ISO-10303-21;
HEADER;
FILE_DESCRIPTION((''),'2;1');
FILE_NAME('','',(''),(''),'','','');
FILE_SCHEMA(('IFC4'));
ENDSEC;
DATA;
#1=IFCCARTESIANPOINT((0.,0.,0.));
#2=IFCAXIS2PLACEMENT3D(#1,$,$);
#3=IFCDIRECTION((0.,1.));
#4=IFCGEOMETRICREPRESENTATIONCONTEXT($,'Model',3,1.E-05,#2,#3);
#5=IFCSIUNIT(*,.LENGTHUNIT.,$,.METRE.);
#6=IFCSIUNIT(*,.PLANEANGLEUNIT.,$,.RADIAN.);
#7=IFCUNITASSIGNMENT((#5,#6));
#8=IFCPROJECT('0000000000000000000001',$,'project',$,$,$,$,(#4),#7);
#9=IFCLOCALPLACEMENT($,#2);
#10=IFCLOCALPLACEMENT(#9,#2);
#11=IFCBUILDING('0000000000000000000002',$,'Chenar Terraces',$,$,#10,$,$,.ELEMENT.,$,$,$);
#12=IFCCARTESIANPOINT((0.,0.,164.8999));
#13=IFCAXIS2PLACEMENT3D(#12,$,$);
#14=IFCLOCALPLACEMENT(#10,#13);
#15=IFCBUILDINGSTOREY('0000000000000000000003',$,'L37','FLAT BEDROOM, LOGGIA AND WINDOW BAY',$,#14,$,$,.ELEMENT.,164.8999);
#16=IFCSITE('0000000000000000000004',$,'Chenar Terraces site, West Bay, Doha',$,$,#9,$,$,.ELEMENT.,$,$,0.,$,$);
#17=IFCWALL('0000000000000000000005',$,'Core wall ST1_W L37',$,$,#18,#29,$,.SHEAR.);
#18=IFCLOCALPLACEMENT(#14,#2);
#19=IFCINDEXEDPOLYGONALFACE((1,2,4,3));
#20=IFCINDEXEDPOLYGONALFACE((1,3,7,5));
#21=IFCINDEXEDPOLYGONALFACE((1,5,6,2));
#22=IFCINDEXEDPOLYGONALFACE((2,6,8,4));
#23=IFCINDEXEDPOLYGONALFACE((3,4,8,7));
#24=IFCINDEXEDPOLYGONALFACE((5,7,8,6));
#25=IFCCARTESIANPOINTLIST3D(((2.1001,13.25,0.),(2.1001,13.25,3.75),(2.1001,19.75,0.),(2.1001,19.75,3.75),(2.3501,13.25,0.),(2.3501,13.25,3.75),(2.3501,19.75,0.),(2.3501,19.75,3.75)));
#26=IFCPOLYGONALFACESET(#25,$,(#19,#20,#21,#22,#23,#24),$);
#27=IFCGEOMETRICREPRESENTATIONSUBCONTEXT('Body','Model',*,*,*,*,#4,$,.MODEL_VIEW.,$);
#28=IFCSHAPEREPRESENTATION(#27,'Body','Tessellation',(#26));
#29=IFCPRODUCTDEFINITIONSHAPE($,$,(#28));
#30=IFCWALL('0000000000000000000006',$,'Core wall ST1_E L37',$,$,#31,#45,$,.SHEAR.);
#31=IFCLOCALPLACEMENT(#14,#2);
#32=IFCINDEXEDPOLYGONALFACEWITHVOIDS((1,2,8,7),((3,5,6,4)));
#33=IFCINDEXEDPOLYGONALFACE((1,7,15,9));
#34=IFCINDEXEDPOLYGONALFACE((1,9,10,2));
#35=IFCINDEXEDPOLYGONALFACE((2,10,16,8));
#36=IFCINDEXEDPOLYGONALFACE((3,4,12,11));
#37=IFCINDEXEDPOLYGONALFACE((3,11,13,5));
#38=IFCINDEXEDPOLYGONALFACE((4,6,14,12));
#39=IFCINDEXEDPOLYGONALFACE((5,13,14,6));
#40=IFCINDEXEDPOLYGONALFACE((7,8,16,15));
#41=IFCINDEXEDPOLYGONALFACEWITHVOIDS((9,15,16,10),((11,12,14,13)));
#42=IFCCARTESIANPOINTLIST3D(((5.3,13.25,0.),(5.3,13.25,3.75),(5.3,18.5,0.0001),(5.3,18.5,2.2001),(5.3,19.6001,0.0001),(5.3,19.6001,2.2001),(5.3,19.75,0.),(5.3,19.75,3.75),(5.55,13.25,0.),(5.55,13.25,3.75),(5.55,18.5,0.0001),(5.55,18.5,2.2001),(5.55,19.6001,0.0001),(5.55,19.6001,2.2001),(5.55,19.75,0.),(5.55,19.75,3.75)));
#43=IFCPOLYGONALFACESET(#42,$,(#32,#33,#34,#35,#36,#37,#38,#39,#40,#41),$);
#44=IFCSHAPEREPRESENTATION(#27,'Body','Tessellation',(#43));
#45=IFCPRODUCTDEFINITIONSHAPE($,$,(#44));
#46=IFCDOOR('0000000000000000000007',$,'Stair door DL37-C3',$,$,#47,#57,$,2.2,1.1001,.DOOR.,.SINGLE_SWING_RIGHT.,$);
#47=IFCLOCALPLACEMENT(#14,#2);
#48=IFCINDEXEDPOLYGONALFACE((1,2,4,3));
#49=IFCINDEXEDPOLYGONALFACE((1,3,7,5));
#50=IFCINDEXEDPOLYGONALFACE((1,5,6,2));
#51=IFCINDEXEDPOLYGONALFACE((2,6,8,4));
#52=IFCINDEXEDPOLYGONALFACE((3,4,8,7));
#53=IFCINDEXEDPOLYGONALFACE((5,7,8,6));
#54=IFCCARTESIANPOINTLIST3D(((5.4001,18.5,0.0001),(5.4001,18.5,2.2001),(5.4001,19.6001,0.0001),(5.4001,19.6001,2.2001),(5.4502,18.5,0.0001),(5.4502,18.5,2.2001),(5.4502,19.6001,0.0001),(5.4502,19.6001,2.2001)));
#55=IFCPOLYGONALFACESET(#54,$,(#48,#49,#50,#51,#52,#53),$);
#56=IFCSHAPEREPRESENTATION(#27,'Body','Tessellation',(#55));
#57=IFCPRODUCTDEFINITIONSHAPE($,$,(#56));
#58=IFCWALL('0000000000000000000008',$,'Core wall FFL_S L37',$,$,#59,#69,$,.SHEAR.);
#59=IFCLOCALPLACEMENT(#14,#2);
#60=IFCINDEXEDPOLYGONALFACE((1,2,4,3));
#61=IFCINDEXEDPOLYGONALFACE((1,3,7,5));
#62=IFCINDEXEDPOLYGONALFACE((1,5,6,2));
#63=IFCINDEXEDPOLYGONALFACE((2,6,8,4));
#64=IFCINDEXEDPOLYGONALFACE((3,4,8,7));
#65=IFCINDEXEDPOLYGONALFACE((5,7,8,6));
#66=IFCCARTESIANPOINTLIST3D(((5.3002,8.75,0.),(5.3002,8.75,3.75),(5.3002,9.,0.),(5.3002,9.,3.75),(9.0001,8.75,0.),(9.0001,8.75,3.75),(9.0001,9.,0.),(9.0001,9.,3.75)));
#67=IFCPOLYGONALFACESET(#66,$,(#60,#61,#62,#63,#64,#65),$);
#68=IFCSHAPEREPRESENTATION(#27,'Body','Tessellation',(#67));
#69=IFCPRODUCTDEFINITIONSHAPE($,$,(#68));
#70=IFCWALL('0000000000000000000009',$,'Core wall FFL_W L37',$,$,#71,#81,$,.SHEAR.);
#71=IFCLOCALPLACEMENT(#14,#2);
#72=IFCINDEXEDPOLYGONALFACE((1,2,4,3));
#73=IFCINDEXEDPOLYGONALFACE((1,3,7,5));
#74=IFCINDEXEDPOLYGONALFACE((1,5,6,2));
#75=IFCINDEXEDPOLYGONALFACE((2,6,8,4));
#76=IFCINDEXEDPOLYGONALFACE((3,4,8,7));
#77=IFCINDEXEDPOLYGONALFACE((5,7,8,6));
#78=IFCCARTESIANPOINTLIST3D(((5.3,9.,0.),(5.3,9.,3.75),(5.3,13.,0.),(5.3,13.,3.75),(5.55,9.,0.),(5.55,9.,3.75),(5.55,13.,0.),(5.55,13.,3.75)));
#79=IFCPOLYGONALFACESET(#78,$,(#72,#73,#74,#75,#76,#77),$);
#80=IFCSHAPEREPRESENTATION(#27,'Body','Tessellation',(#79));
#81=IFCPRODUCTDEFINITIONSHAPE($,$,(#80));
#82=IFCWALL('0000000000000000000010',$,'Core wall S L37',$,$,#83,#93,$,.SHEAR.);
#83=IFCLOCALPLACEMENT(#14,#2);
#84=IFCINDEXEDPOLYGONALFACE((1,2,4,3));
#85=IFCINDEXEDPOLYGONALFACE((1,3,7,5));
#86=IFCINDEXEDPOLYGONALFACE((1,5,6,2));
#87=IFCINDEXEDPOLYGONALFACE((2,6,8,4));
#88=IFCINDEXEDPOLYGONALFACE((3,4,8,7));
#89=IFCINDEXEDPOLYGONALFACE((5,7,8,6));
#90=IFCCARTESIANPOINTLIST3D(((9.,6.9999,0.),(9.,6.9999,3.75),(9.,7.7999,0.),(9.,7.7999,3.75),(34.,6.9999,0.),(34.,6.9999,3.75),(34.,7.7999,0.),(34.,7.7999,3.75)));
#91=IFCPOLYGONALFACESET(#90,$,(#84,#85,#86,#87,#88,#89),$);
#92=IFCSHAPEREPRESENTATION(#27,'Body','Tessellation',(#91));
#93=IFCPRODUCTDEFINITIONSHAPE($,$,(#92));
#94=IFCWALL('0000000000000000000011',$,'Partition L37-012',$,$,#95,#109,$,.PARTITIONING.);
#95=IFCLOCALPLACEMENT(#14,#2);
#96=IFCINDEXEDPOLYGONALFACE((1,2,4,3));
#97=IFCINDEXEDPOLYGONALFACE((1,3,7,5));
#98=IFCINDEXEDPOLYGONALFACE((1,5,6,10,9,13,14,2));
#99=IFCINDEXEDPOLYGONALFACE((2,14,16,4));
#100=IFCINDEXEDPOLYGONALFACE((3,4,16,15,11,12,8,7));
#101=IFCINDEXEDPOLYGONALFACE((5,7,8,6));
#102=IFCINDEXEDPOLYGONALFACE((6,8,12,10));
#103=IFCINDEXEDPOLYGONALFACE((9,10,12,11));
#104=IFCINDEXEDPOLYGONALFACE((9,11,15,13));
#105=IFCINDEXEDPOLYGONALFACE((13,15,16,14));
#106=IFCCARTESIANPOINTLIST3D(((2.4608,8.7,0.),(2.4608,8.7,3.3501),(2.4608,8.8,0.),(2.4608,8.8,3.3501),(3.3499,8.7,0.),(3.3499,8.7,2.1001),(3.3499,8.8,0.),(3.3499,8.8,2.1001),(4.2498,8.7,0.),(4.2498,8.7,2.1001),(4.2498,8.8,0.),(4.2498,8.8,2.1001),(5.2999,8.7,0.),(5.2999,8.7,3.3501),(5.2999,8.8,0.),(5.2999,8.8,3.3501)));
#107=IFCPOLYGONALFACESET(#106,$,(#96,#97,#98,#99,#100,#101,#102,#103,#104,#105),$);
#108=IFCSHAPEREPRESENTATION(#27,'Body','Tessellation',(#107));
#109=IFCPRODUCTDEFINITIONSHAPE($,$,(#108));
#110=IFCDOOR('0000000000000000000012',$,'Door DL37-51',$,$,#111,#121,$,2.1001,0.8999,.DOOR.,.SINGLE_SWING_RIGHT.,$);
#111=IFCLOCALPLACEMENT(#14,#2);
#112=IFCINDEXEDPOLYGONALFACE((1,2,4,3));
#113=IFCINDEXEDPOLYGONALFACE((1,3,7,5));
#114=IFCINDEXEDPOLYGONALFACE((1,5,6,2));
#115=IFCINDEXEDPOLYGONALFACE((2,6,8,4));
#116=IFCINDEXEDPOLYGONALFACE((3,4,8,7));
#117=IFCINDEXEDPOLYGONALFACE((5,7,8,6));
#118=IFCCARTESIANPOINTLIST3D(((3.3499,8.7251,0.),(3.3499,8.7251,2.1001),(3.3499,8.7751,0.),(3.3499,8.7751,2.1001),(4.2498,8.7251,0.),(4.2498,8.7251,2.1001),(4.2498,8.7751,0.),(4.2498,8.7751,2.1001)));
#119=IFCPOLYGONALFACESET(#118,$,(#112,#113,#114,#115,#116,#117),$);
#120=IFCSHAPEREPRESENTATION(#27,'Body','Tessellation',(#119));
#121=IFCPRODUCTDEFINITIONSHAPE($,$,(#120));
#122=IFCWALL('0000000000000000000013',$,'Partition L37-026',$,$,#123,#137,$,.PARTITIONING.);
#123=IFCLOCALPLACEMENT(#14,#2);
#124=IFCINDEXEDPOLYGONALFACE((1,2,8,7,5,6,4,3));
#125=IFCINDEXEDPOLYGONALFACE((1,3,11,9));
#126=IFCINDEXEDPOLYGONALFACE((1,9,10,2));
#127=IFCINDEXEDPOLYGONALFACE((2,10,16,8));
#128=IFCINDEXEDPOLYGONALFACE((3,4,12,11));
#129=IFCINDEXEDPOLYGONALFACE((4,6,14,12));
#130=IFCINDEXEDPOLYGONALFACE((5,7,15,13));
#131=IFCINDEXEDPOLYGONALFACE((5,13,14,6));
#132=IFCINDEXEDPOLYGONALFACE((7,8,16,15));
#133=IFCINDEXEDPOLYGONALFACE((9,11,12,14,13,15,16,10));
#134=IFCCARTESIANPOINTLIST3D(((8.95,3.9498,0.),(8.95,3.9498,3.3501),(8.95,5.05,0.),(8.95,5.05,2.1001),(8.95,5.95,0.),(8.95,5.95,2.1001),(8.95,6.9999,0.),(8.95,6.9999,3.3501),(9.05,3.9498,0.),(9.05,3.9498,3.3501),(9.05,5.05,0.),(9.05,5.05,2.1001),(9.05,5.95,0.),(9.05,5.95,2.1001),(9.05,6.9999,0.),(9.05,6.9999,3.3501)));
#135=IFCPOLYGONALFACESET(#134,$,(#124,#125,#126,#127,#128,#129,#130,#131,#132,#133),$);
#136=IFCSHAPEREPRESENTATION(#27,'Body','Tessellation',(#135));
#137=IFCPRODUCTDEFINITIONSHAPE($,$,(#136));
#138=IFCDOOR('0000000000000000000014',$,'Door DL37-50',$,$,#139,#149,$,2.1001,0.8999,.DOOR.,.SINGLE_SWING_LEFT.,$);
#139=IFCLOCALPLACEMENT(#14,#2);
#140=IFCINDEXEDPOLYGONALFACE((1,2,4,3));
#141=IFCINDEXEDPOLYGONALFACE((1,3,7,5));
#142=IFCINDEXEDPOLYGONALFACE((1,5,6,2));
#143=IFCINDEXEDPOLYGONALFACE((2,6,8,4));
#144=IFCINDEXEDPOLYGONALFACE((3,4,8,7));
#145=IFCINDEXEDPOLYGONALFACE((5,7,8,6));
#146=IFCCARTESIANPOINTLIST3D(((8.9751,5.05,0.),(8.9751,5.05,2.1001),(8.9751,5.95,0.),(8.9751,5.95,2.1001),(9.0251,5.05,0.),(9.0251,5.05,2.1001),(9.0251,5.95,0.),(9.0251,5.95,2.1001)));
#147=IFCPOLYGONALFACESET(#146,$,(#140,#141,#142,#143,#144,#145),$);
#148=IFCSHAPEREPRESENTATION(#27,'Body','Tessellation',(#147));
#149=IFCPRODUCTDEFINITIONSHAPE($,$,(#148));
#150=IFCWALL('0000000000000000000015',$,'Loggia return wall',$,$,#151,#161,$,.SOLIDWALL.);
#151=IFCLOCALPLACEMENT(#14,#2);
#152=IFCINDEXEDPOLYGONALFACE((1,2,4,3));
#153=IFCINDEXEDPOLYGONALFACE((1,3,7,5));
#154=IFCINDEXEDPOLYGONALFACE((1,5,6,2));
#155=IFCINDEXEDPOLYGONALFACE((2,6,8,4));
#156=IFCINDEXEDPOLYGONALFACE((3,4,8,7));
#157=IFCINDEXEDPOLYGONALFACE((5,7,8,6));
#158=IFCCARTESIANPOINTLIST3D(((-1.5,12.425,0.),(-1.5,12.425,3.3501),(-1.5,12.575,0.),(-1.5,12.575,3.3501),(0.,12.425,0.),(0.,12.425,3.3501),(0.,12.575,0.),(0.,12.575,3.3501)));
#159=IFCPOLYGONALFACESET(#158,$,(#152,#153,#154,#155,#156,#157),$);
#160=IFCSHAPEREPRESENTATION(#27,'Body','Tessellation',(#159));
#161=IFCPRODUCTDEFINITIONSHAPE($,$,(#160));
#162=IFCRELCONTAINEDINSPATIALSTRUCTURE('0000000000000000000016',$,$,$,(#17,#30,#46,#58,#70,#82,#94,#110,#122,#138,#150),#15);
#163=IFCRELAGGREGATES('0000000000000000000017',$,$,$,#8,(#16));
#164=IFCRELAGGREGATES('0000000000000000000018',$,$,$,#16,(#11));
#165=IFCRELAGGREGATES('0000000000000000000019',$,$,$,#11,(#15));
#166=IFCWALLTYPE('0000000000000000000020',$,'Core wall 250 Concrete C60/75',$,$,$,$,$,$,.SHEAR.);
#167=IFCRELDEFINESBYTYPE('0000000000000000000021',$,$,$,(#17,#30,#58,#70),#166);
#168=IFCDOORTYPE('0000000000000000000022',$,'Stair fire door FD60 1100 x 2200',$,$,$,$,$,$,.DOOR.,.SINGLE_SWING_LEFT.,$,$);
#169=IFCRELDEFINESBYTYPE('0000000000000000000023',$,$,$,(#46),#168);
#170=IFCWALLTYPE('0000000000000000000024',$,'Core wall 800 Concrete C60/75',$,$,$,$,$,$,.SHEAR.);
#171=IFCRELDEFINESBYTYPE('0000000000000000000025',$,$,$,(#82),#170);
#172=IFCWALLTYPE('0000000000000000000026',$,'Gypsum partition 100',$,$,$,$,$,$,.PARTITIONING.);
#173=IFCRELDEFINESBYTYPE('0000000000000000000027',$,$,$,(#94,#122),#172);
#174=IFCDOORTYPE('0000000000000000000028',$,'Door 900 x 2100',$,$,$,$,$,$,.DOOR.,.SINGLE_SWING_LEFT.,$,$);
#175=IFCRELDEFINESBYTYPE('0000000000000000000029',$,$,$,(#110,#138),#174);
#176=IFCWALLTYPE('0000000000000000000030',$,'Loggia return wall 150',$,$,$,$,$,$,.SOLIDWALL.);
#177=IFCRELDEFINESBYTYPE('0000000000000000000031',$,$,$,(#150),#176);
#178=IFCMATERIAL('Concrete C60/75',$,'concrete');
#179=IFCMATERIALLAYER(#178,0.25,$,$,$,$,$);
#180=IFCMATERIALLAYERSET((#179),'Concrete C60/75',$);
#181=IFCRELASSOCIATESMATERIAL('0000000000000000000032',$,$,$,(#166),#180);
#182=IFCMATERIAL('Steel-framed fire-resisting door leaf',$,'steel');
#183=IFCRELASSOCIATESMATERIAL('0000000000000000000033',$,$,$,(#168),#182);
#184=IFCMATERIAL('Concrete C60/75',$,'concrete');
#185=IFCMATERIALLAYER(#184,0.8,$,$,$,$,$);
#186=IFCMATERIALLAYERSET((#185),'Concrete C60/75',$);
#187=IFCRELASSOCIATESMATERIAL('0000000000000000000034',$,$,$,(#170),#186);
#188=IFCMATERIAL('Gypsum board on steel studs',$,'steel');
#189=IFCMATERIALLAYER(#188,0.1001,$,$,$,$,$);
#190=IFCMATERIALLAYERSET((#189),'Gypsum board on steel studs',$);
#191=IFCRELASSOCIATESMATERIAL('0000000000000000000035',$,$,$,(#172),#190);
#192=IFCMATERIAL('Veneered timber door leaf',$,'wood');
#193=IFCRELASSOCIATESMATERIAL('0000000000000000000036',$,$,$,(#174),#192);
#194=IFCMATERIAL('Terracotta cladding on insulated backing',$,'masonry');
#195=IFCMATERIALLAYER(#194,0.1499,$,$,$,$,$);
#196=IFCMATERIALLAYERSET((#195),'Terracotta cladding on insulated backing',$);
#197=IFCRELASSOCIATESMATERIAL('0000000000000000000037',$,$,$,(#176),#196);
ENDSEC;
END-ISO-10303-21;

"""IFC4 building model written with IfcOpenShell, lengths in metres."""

from ifc_helpers import new_model, si_unit, direction, frame, frame_2d, origin, place, context, subcontext, project, spatial, rectangle, extrude, material, layer, layer_set, type_object, element, fill, save


model = new_model("IFC4")

# Units and contexts
model_context = context("Model", 3, precision=1e-05, world=origin(), true_north=direction((0.0, 1.0)))
body_context = subcontext(model_context, "Body", "Model", "MODEL_VIEW")
ifc_project = project(units=[si_unit("LENGTHUNIT", "METRE"), si_unit("PLANEANGLEUNIT", "RADIAN")], contexts=[model_context])

# Site, building, storey
site_placement = place(None, origin())
site = spatial("IfcSite", under=ifc_project, at=site_placement, Name="Chenar Terraces site, West Bay, Doha", CompositionType="ELEMENT", RefElevation=0.0)
building_placement = place(site_placement, origin())
building = spatial("IfcBuilding", under=site, at=building_placement, Name="Chenar Terraces", CompositionType="ELEMENT")
storey_placement = place(building_placement, frame((0.0, 0.0, 164.8999)))
storey = spatial("IfcBuildingStorey", under=building, at=storey_placement, Name="L37", Description="FLAT BEDROOM, LOGGIA AND WINDOW BAY", CompositionType="ELEMENT", Elevation=164.8999)

# Wall
ifc_material_1 = material(Name="Concrete C60/75", Category="concrete")
ifc_layer_1 = layer(ifc_material_1, 0.25)
ifc_layer_set_1 = layer_set([ifc_layer_1], Name="Concrete C60/75")
wall_type_1 = type_object("IfcWallType", Name="Core wall 250 Concrete C60/75", PredefinedType="SHEAR", material=ifc_layer_set_1)
wall_1_placement = place(storey_placement, frame((2.2251, 13.25, 0.0), z_axis=(0.0, 0.0, 1.0), x_axis=(0.0, 1.0, 0.0)))
element("IfcWall", 1, at=wall_1_placement, inside=storey, type_object=wall_type_1, Name="Core wall ST1_W L37", PredefinedType="SHEAR", context=body_context, shape_type="SweptSolid", body=[
    extrude(rectangle(XDim=6.5, YDim=0.25, at=frame_2d((3.25, 0.0))), origin(), (0.0, 0.0, 1.0), 3.75),
])

# Wall, opening, door
wall_2_placement = place(storey_placement, frame((5.425, 13.25, 0.0), z_axis=(0.0, 0.0, 1.0), x_axis=(0.0, 1.0, 0.0)))
wall_2 = element("IfcWall", 2, at=wall_2_placement, inside=storey, type_object=wall_type_1, Name="Core wall ST1_E L37", PredefinedType="SHEAR", context=body_context, shape_type="SweptSolid", body=[
    extrude(rectangle(XDim=6.5, YDim=0.25, at=frame_2d((3.25, 0.0))), origin(), (0.0, 0.0, 1.0), 3.75),
])
opening_1_placement = place(wall_2_placement, frame((5.25, 0.0, 0.0)))
opening_1 = element("IfcOpeningElement", 3, at=opening_1_placement, cuts=wall_2, PredefinedType="OPENING", context=body_context, shape_type="SweptSolid", body=[
    extrude(rectangle(XDim=1.1001, YDim=2.2, at=frame_2d((0.55, 1.1001))), frame((0.0, 0.135, 0.0), z_axis=(0.0, -1.0, 0.0), x_axis=(1.0, 0.0, 0.0)), (0.0, 0.0, 1.0), 0.27),
])
ifc_material_2 = material(Name="Steel-framed fire-resisting door leaf", Category="steel")
door_type_1 = type_object("IfcDoorType", Name="Stair fire door FD60 1100 x 2200", OperationType="SINGLE_SWING_LEFT", PredefinedType="DOOR", material=ifc_material_2)
door_1_placement = place(opening_1_placement, origin())
door_1 = element("IfcDoor", 4, at=door_1_placement, inside=storey, type_object=door_type_1, Name="Stair door DL37-C3", OperationType="SINGLE_SWING_RIGHT", OverallHeight=2.2, OverallWidth=1.1001, PredefinedType="DOOR", context=body_context, shape_type="SweptSolid", body=[
    extrude(rectangle(XDim=1.1001, YDim=2.2, at=frame_2d((0.55, 1.1001))), frame((0.0, 0.0249, 0.0), z_axis=(0.0, -1.0, 0.0), x_axis=(1.0, 0.0, 0.0)), (0.0, 0.0, 1.0), 0.05),
])
fill(opening_1, door_1)

# Walls
wall_3_placement = place(storey_placement, frame((5.3, 8.875, 0.0), z_axis=(0.0, 0.0, 1.0), x_axis=(1.0, 0.0, 0.0)))
element("IfcWall", 5, at=wall_3_placement, inside=storey, type_object=wall_type_1, Name="Core wall FFL_S L37", PredefinedType="SHEAR", context=body_context, shape_type="SweptSolid", body=[
    extrude(rectangle(XDim=3.7, YDim=0.25, at=frame_2d((1.8501, 0.0))), origin(), (0.0, 0.0, 1.0), 3.75),
])
wall_4_placement = place(storey_placement, frame((5.425, 9.0, 0.0), z_axis=(0.0, 0.0, 1.0), x_axis=(0.0, 1.0, 0.0)))
element("IfcWall", 6, at=wall_4_placement, inside=storey, type_object=wall_type_1, Name="Core wall FFL_W L37", PredefinedType="SHEAR", context=body_context, shape_type="SweptSolid", body=[
    extrude(rectangle(XDim=4.0, YDim=0.25, at=frame_2d((2.0, 0.0))), origin(), (0.0, 0.0, 1.0), 3.75),
])
ifc_material_3 = material(Name="Concrete C60/75", Category="concrete")
ifc_layer_2 = layer(ifc_material_3, 0.8)
ifc_layer_set_2 = layer_set([ifc_layer_2], Name="Concrete C60/75")
wall_type_2 = type_object("IfcWallType", Name="Core wall 800 Concrete C60/75", PredefinedType="SHEAR", material=ifc_layer_set_2)
wall_5_placement = place(storey_placement, frame((9.0, 7.3999, 0.0), z_axis=(0.0, 0.0, 1.0), x_axis=(1.0, 0.0, 0.0)))
element("IfcWall", 7, at=wall_5_placement, inside=storey, type_object=wall_type_2, Name="Core wall S L37", PredefinedType="SHEAR", context=body_context, shape_type="SweptSolid", body=[
    extrude(rectangle(XDim=25.0, YDim=0.8, at=frame_2d((12.5, 0.0))), origin(), (0.0, 0.0, 1.0), 3.75),
])

# Walls, openings, doors
ifc_material_4 = material(Name="Gypsum board on steel studs", Category="steel")
ifc_layer_3 = layer(ifc_material_4, 0.1001)
ifc_layer_set_3 = layer_set([ifc_layer_3], Name="Gypsum board on steel studs")
wall_type_3 = type_object("IfcWallType", Name="Gypsum partition 100", PredefinedType="PARTITIONING", material=ifc_layer_set_3)
wall_6_placement = place(storey_placement, frame((2.4609, 8.75, 0.0), z_axis=(0.0, 0.0, 1.0), x_axis=(1.0, 0.0, 0.0)))
wall_6 = element("IfcWall", 8, at=wall_6_placement, inside=storey, type_object=wall_type_3, Name="Partition L37-012", PredefinedType="PARTITIONING", context=body_context, shape_type="SweptSolid", body=[
    extrude(rectangle(XDim=2.8391, YDim=0.1001, at=frame_2d((1.4194, 0.0))), origin(), (0.0, 0.0, 1.0), 3.3501),
])
opening_2_placement = place(wall_6_placement, frame((0.8889, 0.0, 0.0)))
opening_2 = element("IfcOpeningElement", 9, at=opening_2_placement, cuts=wall_6, PredefinedType="OPENING", context=body_context, shape_type="SweptSolid", body=[
    extrude(rectangle(XDim=0.8999, YDim=2.1001, at=frame_2d((0.45, 1.05))), frame((0.0, 0.0601, 0.0), z_axis=(0.0, -1.0, 0.0), x_axis=(1.0, 0.0, 0.0)), (0.0, 0.0, 1.0), 0.1201),
])
ifc_material_5 = material(Name="Veneered timber door leaf", Category="wood")
door_type_2 = type_object("IfcDoorType", Name="Door 900 x 2100", OperationType="SINGLE_SWING_LEFT", PredefinedType="DOOR", material=ifc_material_5)
door_2_placement = place(opening_2_placement, frame((0.8999, 0.0, 0.0), z_axis=(0.0, 0.0, 1.0), x_axis=(-1.0, 0.0, 0.0)))
door_2 = element("IfcDoor", 10, at=door_2_placement, inside=storey, type_object=door_type_2, Name="Door DL37-51", OperationType="SINGLE_SWING_RIGHT", OverallHeight=2.1001, OverallWidth=0.8999, PredefinedType="DOOR", context=body_context, shape_type="SweptSolid", body=[
    extrude(rectangle(XDim=0.8999, YDim=2.1001, at=frame_2d((0.45, 1.05))), frame((0.0, 0.0249, 0.0), z_axis=(0.0, -1.0, 0.0), x_axis=(1.0, 0.0, 0.0)), (0.0, 0.0, 1.0), 0.05),
])
fill(opening_2, door_2)
wall_7_placement = place(storey_placement, frame((9.0, 3.95, 0.0), z_axis=(0.0, 0.0, 1.0), x_axis=(0.0, 1.0, 0.0)))
wall_7 = element("IfcWall", 11, at=wall_7_placement, inside=storey, type_object=wall_type_3, Name="Partition L37-026", PredefinedType="PARTITIONING", context=body_context, shape_type="SweptSolid", body=[
    extrude(rectangle(XDim=3.05, YDim=0.1001, at=frame_2d((1.5249, 0.0))), origin(), (0.0, 0.0, 1.0), 3.3501),
])
opening_3_placement = place(wall_7_placement, frame((1.1001, 0.0, 0.0)))
opening_3 = element("IfcOpeningElement", 12, at=opening_3_placement, cuts=wall_7, PredefinedType="OPENING", context=body_context, shape_type="SweptSolid", body=[
    extrude(rectangle(XDim=0.8999, YDim=2.1001, at=frame_2d((0.45, 1.05))), frame((0.0, 0.0601, 0.0), z_axis=(0.0, -1.0, 0.0), x_axis=(1.0, 0.0, 0.0)), (0.0, 0.0, 1.0), 0.1201),
])
door_3_placement = place(opening_3_placement, origin())
door_3 = element("IfcDoor", 13, at=door_3_placement, inside=storey, type_object=door_type_2, Name="Door DL37-50", OperationType="SINGLE_SWING_LEFT", OverallHeight=2.1001, OverallWidth=0.8999, PredefinedType="DOOR", context=body_context, shape_type="SweptSolid", body=[
    extrude(rectangle(XDim=0.8999, YDim=2.1001, at=frame_2d((0.45, 1.05))), frame((0.0, 0.0249, 0.0), z_axis=(0.0, -1.0, 0.0), x_axis=(1.0, 0.0, 0.0)), (0.0, 0.0, 1.0), 0.05),
])
fill(opening_3, door_3)

# Wall
ifc_material_6 = material(Name="Terracotta cladding on insulated backing", Category="masonry")
ifc_layer_4 = layer(ifc_material_6, 0.1499)
ifc_layer_set_4 = layer_set([ifc_layer_4], Name="Terracotta cladding on insulated backing")
wall_type_4 = type_object("IfcWallType", Name="Loggia return wall 150", PredefinedType="SOLIDWALL", material=ifc_layer_set_4)
wall_8_placement = place(storey_placement, frame((-1.5, 12.5, 0.0), z_axis=(0.0, 0.0, 1.0), x_axis=(1.0, 0.0, 0.0)))
element("IfcWall", 14, at=wall_8_placement, inside=storey, type_object=wall_type_4, Name="Loggia return wall", PredefinedType="SOLIDWALL", context=body_context, shape_type="SweptSolid", body=[
    extrude(rectangle(XDim=1.5, YDim=0.1499, at=frame_2d((0.75, 0.0))), origin(), (0.0, 0.0, 1.0), 3.3501),
])

save(model, "model.ifc")
